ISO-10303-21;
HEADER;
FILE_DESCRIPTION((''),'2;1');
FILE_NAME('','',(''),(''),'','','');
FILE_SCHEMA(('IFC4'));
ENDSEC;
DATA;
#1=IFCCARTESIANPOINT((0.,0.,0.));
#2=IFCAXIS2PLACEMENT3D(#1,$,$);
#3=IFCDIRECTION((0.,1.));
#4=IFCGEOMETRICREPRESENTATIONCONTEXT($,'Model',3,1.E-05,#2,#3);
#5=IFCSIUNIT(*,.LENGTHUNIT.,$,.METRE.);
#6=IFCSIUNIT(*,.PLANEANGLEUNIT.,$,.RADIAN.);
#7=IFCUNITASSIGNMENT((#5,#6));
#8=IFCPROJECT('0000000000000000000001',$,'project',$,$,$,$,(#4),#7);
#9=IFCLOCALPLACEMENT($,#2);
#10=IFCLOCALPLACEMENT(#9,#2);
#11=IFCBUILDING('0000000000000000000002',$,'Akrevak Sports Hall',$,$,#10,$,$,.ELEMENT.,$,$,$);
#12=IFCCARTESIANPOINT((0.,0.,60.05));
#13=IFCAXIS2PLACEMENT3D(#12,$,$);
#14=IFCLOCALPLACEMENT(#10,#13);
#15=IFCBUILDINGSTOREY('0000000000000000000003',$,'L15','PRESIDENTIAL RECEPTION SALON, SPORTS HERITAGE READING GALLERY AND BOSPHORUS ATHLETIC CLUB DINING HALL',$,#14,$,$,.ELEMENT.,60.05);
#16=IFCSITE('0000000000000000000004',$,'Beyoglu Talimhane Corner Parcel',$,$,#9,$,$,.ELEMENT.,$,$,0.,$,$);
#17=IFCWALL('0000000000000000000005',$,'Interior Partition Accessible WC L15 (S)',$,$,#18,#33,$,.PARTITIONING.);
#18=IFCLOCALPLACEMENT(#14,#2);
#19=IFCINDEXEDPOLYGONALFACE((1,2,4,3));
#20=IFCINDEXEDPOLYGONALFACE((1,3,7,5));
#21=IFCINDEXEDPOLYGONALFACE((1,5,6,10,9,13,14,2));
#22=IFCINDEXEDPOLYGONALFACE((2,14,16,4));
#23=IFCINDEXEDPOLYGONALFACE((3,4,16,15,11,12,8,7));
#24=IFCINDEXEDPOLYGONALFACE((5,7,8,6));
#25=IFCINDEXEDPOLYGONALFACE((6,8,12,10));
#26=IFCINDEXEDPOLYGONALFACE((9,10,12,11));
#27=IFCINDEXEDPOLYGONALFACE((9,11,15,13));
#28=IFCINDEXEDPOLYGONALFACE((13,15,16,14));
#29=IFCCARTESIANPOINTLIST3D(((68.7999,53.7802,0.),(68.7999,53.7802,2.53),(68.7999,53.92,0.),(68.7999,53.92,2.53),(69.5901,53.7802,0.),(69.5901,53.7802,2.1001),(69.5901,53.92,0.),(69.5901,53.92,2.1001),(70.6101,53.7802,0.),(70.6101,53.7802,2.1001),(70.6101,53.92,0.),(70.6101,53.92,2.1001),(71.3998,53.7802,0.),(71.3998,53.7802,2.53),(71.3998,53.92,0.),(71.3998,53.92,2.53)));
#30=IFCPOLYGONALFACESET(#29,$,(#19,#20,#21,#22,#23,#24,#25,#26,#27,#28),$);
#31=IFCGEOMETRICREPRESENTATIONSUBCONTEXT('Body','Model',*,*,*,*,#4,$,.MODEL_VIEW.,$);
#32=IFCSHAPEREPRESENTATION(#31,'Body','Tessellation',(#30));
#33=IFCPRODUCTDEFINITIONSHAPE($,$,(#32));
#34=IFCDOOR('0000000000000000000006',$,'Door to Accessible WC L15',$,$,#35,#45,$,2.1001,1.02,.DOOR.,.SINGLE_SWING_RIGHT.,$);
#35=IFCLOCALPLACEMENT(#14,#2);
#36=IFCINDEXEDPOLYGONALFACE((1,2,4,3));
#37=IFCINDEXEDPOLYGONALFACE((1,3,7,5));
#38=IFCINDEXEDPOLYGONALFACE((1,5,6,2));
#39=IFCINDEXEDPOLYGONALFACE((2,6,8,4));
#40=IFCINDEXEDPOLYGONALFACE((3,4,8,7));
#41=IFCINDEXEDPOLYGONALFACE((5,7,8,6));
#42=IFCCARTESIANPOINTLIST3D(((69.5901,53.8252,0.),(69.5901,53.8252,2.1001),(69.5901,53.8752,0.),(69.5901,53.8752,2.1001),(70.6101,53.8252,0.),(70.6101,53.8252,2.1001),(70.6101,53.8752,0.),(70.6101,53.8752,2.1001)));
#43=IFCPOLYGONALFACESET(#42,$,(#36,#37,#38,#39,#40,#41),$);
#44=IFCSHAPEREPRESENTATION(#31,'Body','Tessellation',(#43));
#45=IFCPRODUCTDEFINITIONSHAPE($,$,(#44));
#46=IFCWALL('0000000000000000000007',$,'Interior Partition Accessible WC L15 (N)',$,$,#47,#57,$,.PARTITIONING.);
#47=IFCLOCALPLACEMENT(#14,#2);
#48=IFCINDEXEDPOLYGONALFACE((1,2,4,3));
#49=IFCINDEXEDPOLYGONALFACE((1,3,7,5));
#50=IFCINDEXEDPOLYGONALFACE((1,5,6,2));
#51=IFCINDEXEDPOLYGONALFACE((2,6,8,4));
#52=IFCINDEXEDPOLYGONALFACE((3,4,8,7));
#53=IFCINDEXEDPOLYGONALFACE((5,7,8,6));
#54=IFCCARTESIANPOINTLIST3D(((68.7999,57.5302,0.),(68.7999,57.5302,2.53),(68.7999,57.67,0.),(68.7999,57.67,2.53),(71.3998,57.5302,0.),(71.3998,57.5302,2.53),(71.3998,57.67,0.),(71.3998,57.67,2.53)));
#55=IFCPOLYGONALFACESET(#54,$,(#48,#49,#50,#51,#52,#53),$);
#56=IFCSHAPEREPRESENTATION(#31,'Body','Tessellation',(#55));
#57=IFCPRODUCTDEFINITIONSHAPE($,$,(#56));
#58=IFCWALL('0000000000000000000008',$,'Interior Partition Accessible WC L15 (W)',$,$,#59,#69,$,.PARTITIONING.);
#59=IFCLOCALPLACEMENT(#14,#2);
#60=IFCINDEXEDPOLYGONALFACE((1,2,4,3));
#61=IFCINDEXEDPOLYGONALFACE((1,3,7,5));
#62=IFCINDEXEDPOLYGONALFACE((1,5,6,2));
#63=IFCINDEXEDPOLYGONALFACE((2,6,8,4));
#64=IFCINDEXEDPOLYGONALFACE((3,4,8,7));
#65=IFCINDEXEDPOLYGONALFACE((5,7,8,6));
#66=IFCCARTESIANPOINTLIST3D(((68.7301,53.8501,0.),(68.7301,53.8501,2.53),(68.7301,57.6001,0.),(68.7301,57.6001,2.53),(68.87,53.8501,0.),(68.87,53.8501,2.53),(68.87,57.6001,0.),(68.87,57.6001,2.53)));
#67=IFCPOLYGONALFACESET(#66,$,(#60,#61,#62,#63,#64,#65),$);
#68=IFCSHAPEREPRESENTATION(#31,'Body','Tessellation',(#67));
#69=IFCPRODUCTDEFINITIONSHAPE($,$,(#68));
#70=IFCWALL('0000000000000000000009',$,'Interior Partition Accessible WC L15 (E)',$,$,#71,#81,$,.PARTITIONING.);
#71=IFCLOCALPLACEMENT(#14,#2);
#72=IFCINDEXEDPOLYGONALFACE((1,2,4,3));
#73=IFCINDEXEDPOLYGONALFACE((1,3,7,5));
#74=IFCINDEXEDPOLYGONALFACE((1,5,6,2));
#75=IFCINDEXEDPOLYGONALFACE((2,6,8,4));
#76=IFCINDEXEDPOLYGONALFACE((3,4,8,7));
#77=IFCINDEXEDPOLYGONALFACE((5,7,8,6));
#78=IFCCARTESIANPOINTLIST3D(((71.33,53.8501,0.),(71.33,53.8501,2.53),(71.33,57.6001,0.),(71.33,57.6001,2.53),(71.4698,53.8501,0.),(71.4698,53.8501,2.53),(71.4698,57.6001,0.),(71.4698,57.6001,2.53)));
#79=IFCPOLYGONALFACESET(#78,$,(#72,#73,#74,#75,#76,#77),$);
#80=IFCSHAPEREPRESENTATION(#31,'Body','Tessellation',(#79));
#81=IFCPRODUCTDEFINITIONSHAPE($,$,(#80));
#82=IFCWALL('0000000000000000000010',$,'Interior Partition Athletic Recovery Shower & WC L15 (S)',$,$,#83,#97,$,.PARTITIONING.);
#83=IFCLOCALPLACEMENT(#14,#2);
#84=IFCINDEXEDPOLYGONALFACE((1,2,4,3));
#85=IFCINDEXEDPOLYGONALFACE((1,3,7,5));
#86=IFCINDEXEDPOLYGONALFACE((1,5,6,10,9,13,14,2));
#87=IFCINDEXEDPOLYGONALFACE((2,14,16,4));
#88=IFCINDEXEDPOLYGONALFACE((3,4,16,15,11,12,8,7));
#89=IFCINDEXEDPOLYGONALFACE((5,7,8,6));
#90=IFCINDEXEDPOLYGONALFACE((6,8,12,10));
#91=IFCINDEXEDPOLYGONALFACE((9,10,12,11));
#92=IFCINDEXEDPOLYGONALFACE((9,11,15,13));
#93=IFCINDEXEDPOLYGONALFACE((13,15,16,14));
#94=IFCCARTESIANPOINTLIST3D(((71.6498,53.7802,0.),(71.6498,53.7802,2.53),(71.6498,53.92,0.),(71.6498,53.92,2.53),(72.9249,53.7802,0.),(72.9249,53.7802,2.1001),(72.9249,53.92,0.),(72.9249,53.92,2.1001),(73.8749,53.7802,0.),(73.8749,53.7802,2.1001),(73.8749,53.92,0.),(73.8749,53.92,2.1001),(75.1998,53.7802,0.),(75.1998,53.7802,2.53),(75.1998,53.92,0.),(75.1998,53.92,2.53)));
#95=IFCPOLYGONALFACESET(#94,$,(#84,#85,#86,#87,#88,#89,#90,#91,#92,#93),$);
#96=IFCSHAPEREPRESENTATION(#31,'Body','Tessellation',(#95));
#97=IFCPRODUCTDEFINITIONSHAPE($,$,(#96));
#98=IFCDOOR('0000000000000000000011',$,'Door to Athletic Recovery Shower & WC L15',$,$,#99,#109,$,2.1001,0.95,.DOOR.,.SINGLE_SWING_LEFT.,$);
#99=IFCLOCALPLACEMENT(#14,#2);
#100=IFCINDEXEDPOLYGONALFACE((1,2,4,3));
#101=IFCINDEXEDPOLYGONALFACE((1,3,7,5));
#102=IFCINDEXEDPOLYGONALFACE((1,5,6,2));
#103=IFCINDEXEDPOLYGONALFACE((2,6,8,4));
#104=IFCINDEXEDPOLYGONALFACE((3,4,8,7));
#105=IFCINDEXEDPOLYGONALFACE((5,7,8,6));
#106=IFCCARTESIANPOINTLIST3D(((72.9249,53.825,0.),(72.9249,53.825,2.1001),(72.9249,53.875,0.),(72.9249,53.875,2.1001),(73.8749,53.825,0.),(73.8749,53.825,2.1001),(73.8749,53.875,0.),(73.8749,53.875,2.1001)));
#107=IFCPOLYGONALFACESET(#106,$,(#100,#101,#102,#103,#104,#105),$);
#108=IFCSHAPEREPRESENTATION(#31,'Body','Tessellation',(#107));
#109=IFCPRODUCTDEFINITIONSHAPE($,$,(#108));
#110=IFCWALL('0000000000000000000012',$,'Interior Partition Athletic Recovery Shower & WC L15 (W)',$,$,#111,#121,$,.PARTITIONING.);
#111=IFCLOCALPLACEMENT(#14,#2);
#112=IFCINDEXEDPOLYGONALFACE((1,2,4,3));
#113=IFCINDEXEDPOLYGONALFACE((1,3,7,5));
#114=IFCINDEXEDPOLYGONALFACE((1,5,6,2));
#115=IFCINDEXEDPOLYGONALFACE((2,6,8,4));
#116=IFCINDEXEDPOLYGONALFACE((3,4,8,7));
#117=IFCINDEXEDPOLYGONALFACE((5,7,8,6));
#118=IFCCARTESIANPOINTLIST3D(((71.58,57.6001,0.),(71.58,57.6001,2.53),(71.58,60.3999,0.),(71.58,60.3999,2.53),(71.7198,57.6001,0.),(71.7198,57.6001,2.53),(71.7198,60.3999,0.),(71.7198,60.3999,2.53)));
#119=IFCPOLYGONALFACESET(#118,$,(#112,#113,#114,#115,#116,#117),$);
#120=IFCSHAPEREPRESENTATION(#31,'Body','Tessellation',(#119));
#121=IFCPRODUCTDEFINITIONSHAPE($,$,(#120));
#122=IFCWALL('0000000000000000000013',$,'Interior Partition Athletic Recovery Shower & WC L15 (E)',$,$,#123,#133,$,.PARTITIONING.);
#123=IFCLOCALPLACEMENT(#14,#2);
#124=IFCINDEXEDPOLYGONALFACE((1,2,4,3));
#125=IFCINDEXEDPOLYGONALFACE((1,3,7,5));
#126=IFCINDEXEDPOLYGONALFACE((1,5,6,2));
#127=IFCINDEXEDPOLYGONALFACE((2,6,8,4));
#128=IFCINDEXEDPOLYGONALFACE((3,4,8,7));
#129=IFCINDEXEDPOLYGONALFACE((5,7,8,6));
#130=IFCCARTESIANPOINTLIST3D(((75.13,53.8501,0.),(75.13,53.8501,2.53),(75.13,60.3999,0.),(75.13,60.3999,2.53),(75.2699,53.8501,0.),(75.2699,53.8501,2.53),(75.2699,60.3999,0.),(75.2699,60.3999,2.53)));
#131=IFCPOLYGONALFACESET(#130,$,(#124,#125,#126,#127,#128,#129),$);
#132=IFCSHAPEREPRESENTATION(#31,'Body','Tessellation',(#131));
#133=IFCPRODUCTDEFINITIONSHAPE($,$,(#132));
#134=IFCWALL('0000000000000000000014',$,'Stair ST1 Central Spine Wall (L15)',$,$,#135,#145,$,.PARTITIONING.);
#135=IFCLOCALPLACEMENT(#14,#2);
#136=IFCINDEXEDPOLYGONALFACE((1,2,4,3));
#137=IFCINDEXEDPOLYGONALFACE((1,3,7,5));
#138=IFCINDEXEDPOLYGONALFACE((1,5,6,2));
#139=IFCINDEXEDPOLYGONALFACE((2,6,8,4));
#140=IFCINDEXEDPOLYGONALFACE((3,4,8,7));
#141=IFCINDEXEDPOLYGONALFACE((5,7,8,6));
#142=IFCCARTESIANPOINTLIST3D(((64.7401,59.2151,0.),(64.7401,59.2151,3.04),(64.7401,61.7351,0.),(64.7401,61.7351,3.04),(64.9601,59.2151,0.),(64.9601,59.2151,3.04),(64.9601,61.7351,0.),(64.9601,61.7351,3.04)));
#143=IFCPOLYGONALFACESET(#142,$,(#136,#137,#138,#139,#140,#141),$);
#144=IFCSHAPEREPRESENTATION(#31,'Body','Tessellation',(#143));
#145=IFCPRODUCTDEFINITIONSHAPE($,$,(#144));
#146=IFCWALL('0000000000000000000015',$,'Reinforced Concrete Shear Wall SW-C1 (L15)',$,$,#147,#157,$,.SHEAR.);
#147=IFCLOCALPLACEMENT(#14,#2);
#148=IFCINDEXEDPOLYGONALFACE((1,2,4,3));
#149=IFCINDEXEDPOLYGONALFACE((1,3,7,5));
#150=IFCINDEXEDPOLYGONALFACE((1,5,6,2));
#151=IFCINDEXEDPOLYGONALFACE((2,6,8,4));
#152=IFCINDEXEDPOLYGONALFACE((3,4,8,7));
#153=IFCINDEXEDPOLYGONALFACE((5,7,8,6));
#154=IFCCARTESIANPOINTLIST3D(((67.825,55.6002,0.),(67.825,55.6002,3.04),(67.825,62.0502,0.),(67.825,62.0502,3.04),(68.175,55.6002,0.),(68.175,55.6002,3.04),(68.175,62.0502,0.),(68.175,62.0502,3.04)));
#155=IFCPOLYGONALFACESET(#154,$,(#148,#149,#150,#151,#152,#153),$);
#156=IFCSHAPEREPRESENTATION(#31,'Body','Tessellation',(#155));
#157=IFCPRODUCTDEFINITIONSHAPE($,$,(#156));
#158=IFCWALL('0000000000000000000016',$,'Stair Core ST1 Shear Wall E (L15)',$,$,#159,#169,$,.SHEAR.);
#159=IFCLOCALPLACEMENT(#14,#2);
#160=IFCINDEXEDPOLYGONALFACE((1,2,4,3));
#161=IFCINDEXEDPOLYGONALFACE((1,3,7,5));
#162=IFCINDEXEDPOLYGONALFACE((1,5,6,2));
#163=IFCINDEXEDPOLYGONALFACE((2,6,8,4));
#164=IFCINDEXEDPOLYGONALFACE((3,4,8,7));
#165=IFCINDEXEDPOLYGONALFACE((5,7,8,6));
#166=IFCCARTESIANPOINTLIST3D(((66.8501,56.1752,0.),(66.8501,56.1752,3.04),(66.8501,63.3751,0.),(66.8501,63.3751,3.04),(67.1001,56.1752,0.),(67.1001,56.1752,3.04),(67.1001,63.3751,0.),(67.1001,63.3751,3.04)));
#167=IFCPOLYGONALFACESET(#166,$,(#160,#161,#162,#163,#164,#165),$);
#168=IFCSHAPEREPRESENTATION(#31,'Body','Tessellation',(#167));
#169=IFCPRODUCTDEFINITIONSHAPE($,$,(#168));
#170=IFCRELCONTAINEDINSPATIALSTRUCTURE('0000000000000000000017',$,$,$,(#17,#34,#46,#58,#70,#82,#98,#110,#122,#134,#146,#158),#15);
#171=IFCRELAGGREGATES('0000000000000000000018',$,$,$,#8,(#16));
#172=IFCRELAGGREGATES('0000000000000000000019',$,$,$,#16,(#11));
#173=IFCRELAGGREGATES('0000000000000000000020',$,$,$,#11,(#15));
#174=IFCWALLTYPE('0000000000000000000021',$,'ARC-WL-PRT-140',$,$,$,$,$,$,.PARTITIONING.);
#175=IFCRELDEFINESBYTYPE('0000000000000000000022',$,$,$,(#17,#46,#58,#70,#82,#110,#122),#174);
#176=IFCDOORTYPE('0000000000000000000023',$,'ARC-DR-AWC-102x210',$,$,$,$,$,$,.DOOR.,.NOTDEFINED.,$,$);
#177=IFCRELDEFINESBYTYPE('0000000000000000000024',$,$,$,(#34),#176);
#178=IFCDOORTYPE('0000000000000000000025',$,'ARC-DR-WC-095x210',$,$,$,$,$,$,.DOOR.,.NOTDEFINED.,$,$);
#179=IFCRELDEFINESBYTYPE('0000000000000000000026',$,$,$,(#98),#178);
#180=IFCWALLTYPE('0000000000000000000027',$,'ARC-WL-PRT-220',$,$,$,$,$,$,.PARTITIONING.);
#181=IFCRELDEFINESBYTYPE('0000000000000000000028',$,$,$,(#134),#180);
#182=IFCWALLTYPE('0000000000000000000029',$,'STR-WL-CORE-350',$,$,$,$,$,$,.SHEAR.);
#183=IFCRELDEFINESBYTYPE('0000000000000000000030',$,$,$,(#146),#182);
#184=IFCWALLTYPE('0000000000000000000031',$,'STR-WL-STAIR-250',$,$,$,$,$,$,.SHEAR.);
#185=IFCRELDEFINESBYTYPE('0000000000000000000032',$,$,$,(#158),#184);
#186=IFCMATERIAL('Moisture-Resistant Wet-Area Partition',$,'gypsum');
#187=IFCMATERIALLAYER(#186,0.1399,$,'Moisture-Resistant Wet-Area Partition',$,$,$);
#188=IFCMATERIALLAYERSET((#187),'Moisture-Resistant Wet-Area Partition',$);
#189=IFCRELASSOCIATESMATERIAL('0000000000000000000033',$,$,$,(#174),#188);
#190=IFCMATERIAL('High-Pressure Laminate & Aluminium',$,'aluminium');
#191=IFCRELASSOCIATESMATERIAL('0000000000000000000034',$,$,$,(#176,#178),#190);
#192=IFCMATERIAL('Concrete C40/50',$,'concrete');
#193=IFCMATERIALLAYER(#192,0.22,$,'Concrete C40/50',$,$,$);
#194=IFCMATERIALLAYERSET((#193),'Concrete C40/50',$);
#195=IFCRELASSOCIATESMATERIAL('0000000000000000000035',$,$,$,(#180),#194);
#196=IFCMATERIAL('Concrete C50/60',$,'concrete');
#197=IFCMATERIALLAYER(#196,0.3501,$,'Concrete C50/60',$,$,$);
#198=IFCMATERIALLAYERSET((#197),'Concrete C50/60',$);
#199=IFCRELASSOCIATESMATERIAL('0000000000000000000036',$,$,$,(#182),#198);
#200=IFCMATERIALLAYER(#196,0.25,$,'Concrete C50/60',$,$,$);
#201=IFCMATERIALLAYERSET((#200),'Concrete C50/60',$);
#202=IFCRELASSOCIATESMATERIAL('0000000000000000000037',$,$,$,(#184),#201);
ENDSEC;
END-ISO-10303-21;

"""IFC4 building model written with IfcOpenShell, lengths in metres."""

from ifc_helpers import new_model, si_unit, direction, frame, frame_2d, origin, place, context, subcontext, project, spatial, rectangle, extrude, material, layer, layer_set, type_object, element, fill, save


model = new_model("IFC4")

# Units and contexts
model_context = context("Model", 3, precision=1e-05, world=origin(), true_north=direction((0.0, 1.0)))
body_context = subcontext(model_context, "Body", "Model", "MODEL_VIEW")
ifc_project = project(units=[si_unit("LENGTHUNIT", "METRE"), si_unit("PLANEANGLEUNIT", "RADIAN")], contexts=[model_context])

# Site, building, storey
site_placement = place(None, origin())
site = spatial("IfcSite", under=ifc_project, at=site_placement, Name="Beyoglu Talimhane Corner Parcel", CompositionType="ELEMENT", RefElevation=0.0)
building_placement = place(site_placement, origin())
building = spatial("IfcBuilding", under=site, at=building_placement, Name="Akrevak Sports Hall", CompositionType="ELEMENT")
storey_placement = place(building_placement, frame((0.0, 0.0, 60.05)))
storey = spatial("IfcBuildingStorey", under=building, at=storey_placement, Name="L15", Description="PRESIDENTIAL RECEPTION SALON, SPORTS HERITAGE READING GALLERY AND BOSPHORUS ATHLETIC CLUB DINING HALL", CompositionType="ELEMENT", Elevation=60.05)

# Shared definitions
ifc_material_1 = material(Name="Concrete C40/50", Category="concrete")

# Wall, opening, door
ifc_material_2 = material(Name="Moisture-Resistant Wet-Area Partition", Category="gypsum")
ifc_layer_1 = layer(ifc_material_2, 0.1399, Name="Moisture-Resistant Wet-Area Partition")
ifc_layer_set_1 = layer_set([ifc_layer_1], Name="Moisture-Resistant Wet-Area Partition")
wall_type_1 = type_object("IfcWallType", Name="ARC-WL-PRT-140", PredefinedType="PARTITIONING", material=ifc_layer_set_1)
wall_1_placement = place(storey_placement, frame((68.8, 53.8501, 0.0), z_axis=(0.0, 0.0, 1.0), x_axis=(1.0, 0.0, 0.0)))
wall_1 = element("IfcWall", 1, at=wall_1_placement, inside=storey, type_object=wall_type_1, Name="Interior Partition Accessible WC L15 (S)", PredefinedType="PARTITIONING", context=body_context, shape_type="SweptSolid", body=[
    extrude(rectangle(XDim=2.5999, YDim=0.1399, at=frame_2d((1.2998, 0.0))), origin(), (0.0, 0.0, 1.0), 2.53),
])
opening_1_placement = place(wall_1_placement, frame((0.79, 0.0, 0.0)))
opening_1 = element("IfcOpeningElement", 2, at=opening_1_placement, cuts=wall_1, PredefinedType="OPENING", context=body_context, shape_type="SweptSolid", body=[
    extrude(rectangle(XDim=1.02, YDim=2.1001, at=frame_2d((0.51, 1.05))), frame((0.0, 0.082, 0.0), z_axis=(0.0, -1.0, 0.0), x_axis=(1.0, 0.0, 0.0)), (0.0, 0.0, 1.0), 0.1638),
])
ifc_material_3 = material(Name="High-Pressure Laminate & Aluminium", Category="aluminium")
door_type_1 = type_object("IfcDoorType", Name="ARC-DR-AWC-102x210", OperationType="NOTDEFINED", PredefinedType="DOOR", material=ifc_material_3)
door_1_placement = place(opening_1_placement, frame((1.02, 0.0, 0.0), z_axis=(0.0, 0.0, 1.0), x_axis=(-1.0, 0.0, 0.0)))
door_1 = element("IfcDoor", 3, at=door_1_placement, inside=storey, type_object=door_type_1, Name="Door to Accessible WC L15", OperationType="SINGLE_SWING_RIGHT", OverallHeight=2.1001, OverallWidth=1.02, PredefinedType="DOOR", context=body_context, shape_type="SweptSolid", body=[
    extrude(rectangle(XDim=1.02, YDim=2.1001, at=frame_2d((0.51, 1.05))), frame((0.0, 0.0249, 0.0), z_axis=(0.0, -1.0, 0.0), x_axis=(1.0, 0.0, 0.0)), (0.0, 0.0, 1.0), 0.05),
])
fill(opening_1, door_1)

# Walls
wall_2_placement = place(storey_placement, frame((68.8, 57.6001, 0.0), z_axis=(0.0, 0.0, 1.0), x_axis=(1.0, 0.0, 0.0)))
element("IfcWall", 4, at=wall_2_placement, inside=storey, type_object=wall_type_1, Name="Interior Partition Accessible WC L15 (N)", PredefinedType="PARTITIONING", context=body_context, shape_type="SweptSolid", body=[
    extrude(rectangle(XDim=2.5999, YDim=0.1399, at=frame_2d((1.2998, 0.0))), origin(), (0.0, 0.0, 1.0), 2.53),
])
for number, where, z_axis, x_axis, name in (
    (5, (68.8, 53.8501, 0.0), (0.0, 0.0, 1.0), (0.0, 1.0, 0.0), "Interior Partition Accessible WC L15 (W)"),
    (6, (71.3999, 53.8501, 0.0), (0.0, 0.0, 1.0), (0.0, 1.0, 0.0), "Interior Partition Accessible WC L15 (E)"),
):
    element("IfcWall", number, at=place(storey_placement, frame(where, z_axis=z_axis, x_axis=x_axis)), inside=storey, type_object=wall_type_1, Name=name, PredefinedType="PARTITIONING", context=body_context, shape_type="SweptSolid", body=[
        extrude(rectangle(XDim=3.75, YDim=0.1399, at=frame_2d((1.875, 0.0))), origin(), (0.0, 0.0, 1.0), 2.53),
    ])

# Wall, opening, door
wall_3_placement = place(storey_placement, frame((71.6499, 53.8501, 0.0), z_axis=(0.0, 0.0, 1.0), x_axis=(1.0, 0.0, 0.0)))
wall_3 = element("IfcWall", 7, at=wall_3_placement, inside=storey, type_object=wall_type_1, Name="Interior Partition Athletic Recovery Shower & WC L15 (S)", PredefinedType="PARTITIONING", context=body_context, shape_type="SweptSolid", body=[
    extrude(rectangle(XDim=3.55, YDim=0.1399, at=frame_2d((1.7749, 0.0))), origin(), (0.0, 0.0, 1.0), 2.53),
])
opening_2_placement = place(wall_3_placement, frame((1.2749, 0.0, 0.0)))
opening_2 = element("IfcOpeningElement", 8, at=opening_2_placement, cuts=wall_3, PredefinedType="OPENING", context=body_context, shape_type="SweptSolid", body=[
    extrude(rectangle(XDim=0.95, YDim=2.1001, at=frame_2d((0.4751, 1.05))), frame((0.0, 0.082, 0.0), z_axis=(0.0, -1.0, 0.0), x_axis=(1.0, 0.0, 0.0)), (0.0, 0.0, 1.0), 0.1638),
])
door_type_2 = type_object("IfcDoorType", Name="ARC-DR-WC-095x210", OperationType="NOTDEFINED", PredefinedType="DOOR", material=ifc_material_3)
door_2_placement = place(opening_2_placement, origin())
door_2 = element("IfcDoor", 9, at=door_2_placement, inside=storey, type_object=door_type_2, Name="Door to Athletic Recovery Shower & WC L15", OperationType="SINGLE_SWING_LEFT", OverallHeight=2.1001, OverallWidth=0.95, PredefinedType="DOOR", context=body_context, shape_type="SweptSolid", body=[
    extrude(rectangle(XDim=0.95, YDim=2.1001, at=frame_2d((0.4751, 1.05))), frame((0.0, 0.0249, 0.0), z_axis=(0.0, -1.0, 0.0), x_axis=(1.0, 0.0, 0.0)), (0.0, 0.0, 1.0), 0.05),
])
fill(opening_2, door_2)

# Walls
wall_4_placement = place(storey_placement, frame((71.6499, 57.6001, 0.0), z_axis=(0.0, 0.0, 1.0), x_axis=(0.0, 1.0, 0.0)))
element("IfcWall", 10, at=wall_4_placement, inside=storey, type_object=wall_type_1, Name="Interior Partition Athletic Recovery Shower & WC L15 (W)", PredefinedType="PARTITIONING", context=body_context, shape_type="SweptSolid", body=[
    extrude(rectangle(XDim=2.7998, YDim=0.1399, at=frame_2d((1.3999, 0.0))), origin(), (0.0, 0.0, 1.0), 2.53),
])
wall_5_placement = place(storey_placement, frame((75.2, 53.8501, 0.0), z_axis=(0.0, 0.0, 1.0), x_axis=(0.0, 1.0, 0.0)))
element("IfcWall", 11, at=wall_5_placement, inside=storey, type_object=wall_type_1, Name="Interior Partition Athletic Recovery Shower & WC L15 (E)", PredefinedType="PARTITIONING", context=body_context, shape_type="SweptSolid", body=[
    extrude(rectangle(XDim=6.5498, YDim=0.1399, at=frame_2d((3.2749, 0.0))), origin(), (0.0, 0.0, 1.0), 2.53),
])
ifc_layer_2 = layer(ifc_material_1, 0.22, Name="Concrete C40/50")
ifc_layer_set_2 = layer_set([ifc_layer_2], Name="Concrete C40/50")
wall_type_2 = type_object("IfcWallType", Name="ARC-WL-PRT-220", PredefinedType="PARTITIONING", material=ifc_layer_set_2)
wall_6_placement = place(storey_placement, frame((64.8501, 59.2151, 0.0), z_axis=(0.0, 0.0, 1.0), x_axis=(0.0, 1.0, 0.0)))
element("IfcWall", 12, at=wall_6_placement, inside=storey, type_object=wall_type_2, Name="Stair ST1 Central Spine Wall (L15)", PredefinedType="PARTITIONING", context=body_context, shape_type="SweptSolid", body=[
    extrude(rectangle(XDim=2.52, YDim=0.22, at=frame_2d((1.26, 0.0))), origin(), (0.0, 0.0, 1.0), 3.04),
])
ifc_material_4 = material(Name="Concrete C50/60", Category="concrete")
ifc_layer_3 = layer(ifc_material_4, 0.3501, Name="Concrete C50/60")
ifc_layer_set_3 = layer_set([ifc_layer_3], Name="Concrete C50/60")
wall_type_3 = type_object("IfcWallType", Name="STR-WL-CORE-350", PredefinedType="SHEAR", material=ifc_layer_set_3)
wall_7_placement = place(storey_placement, frame((68.0, 55.6001, 0.0), z_axis=(0.0, 0.0, 1.0), x_axis=(0.0, 1.0, 0.0)))
element("IfcWall", 13, at=wall_7_placement, inside=storey, type_object=wall_type_3, Name="Reinforced Concrete Shear Wall SW-C1 (L15)", PredefinedType="SHEAR", context=body_context, shape_type="SweptSolid", body=[
    extrude(rectangle(XDim=6.45, YDim=0.3501, at=frame_2d((3.2251, 0.0))), origin(), (0.0, 0.0, 1.0), 3.04),
])
ifc_layer_4 = layer(ifc_material_4, 0.25, Name="Concrete C50/60")
ifc_layer_set_4 = layer_set([ifc_layer_4], Name="Concrete C50/60")
wall_type_4 = type_object("IfcWallType", Name="STR-WL-STAIR-250", PredefinedType="SHEAR", material=ifc_layer_set_4)
wall_8_placement = place(storey_placement, frame((66.9751, 56.175, 0.0), z_axis=(0.0, 0.0, 1.0), x_axis=(0.0, 1.0, 0.0)))
element("IfcWall", 14, at=wall_8_placement, inside=storey, type_object=wall_type_4, Name="Stair Core ST1 Shear Wall E (L15)", PredefinedType="SHEAR", context=body_context, shape_type="SweptSolid", body=[
    extrude(rectangle(XDim=7.2, YDim=0.25, at=frame_2d((3.6001, 0.0))), origin(), (0.0, 0.0, 1.0), 3.04),
])

save(model, "model.ifc")
